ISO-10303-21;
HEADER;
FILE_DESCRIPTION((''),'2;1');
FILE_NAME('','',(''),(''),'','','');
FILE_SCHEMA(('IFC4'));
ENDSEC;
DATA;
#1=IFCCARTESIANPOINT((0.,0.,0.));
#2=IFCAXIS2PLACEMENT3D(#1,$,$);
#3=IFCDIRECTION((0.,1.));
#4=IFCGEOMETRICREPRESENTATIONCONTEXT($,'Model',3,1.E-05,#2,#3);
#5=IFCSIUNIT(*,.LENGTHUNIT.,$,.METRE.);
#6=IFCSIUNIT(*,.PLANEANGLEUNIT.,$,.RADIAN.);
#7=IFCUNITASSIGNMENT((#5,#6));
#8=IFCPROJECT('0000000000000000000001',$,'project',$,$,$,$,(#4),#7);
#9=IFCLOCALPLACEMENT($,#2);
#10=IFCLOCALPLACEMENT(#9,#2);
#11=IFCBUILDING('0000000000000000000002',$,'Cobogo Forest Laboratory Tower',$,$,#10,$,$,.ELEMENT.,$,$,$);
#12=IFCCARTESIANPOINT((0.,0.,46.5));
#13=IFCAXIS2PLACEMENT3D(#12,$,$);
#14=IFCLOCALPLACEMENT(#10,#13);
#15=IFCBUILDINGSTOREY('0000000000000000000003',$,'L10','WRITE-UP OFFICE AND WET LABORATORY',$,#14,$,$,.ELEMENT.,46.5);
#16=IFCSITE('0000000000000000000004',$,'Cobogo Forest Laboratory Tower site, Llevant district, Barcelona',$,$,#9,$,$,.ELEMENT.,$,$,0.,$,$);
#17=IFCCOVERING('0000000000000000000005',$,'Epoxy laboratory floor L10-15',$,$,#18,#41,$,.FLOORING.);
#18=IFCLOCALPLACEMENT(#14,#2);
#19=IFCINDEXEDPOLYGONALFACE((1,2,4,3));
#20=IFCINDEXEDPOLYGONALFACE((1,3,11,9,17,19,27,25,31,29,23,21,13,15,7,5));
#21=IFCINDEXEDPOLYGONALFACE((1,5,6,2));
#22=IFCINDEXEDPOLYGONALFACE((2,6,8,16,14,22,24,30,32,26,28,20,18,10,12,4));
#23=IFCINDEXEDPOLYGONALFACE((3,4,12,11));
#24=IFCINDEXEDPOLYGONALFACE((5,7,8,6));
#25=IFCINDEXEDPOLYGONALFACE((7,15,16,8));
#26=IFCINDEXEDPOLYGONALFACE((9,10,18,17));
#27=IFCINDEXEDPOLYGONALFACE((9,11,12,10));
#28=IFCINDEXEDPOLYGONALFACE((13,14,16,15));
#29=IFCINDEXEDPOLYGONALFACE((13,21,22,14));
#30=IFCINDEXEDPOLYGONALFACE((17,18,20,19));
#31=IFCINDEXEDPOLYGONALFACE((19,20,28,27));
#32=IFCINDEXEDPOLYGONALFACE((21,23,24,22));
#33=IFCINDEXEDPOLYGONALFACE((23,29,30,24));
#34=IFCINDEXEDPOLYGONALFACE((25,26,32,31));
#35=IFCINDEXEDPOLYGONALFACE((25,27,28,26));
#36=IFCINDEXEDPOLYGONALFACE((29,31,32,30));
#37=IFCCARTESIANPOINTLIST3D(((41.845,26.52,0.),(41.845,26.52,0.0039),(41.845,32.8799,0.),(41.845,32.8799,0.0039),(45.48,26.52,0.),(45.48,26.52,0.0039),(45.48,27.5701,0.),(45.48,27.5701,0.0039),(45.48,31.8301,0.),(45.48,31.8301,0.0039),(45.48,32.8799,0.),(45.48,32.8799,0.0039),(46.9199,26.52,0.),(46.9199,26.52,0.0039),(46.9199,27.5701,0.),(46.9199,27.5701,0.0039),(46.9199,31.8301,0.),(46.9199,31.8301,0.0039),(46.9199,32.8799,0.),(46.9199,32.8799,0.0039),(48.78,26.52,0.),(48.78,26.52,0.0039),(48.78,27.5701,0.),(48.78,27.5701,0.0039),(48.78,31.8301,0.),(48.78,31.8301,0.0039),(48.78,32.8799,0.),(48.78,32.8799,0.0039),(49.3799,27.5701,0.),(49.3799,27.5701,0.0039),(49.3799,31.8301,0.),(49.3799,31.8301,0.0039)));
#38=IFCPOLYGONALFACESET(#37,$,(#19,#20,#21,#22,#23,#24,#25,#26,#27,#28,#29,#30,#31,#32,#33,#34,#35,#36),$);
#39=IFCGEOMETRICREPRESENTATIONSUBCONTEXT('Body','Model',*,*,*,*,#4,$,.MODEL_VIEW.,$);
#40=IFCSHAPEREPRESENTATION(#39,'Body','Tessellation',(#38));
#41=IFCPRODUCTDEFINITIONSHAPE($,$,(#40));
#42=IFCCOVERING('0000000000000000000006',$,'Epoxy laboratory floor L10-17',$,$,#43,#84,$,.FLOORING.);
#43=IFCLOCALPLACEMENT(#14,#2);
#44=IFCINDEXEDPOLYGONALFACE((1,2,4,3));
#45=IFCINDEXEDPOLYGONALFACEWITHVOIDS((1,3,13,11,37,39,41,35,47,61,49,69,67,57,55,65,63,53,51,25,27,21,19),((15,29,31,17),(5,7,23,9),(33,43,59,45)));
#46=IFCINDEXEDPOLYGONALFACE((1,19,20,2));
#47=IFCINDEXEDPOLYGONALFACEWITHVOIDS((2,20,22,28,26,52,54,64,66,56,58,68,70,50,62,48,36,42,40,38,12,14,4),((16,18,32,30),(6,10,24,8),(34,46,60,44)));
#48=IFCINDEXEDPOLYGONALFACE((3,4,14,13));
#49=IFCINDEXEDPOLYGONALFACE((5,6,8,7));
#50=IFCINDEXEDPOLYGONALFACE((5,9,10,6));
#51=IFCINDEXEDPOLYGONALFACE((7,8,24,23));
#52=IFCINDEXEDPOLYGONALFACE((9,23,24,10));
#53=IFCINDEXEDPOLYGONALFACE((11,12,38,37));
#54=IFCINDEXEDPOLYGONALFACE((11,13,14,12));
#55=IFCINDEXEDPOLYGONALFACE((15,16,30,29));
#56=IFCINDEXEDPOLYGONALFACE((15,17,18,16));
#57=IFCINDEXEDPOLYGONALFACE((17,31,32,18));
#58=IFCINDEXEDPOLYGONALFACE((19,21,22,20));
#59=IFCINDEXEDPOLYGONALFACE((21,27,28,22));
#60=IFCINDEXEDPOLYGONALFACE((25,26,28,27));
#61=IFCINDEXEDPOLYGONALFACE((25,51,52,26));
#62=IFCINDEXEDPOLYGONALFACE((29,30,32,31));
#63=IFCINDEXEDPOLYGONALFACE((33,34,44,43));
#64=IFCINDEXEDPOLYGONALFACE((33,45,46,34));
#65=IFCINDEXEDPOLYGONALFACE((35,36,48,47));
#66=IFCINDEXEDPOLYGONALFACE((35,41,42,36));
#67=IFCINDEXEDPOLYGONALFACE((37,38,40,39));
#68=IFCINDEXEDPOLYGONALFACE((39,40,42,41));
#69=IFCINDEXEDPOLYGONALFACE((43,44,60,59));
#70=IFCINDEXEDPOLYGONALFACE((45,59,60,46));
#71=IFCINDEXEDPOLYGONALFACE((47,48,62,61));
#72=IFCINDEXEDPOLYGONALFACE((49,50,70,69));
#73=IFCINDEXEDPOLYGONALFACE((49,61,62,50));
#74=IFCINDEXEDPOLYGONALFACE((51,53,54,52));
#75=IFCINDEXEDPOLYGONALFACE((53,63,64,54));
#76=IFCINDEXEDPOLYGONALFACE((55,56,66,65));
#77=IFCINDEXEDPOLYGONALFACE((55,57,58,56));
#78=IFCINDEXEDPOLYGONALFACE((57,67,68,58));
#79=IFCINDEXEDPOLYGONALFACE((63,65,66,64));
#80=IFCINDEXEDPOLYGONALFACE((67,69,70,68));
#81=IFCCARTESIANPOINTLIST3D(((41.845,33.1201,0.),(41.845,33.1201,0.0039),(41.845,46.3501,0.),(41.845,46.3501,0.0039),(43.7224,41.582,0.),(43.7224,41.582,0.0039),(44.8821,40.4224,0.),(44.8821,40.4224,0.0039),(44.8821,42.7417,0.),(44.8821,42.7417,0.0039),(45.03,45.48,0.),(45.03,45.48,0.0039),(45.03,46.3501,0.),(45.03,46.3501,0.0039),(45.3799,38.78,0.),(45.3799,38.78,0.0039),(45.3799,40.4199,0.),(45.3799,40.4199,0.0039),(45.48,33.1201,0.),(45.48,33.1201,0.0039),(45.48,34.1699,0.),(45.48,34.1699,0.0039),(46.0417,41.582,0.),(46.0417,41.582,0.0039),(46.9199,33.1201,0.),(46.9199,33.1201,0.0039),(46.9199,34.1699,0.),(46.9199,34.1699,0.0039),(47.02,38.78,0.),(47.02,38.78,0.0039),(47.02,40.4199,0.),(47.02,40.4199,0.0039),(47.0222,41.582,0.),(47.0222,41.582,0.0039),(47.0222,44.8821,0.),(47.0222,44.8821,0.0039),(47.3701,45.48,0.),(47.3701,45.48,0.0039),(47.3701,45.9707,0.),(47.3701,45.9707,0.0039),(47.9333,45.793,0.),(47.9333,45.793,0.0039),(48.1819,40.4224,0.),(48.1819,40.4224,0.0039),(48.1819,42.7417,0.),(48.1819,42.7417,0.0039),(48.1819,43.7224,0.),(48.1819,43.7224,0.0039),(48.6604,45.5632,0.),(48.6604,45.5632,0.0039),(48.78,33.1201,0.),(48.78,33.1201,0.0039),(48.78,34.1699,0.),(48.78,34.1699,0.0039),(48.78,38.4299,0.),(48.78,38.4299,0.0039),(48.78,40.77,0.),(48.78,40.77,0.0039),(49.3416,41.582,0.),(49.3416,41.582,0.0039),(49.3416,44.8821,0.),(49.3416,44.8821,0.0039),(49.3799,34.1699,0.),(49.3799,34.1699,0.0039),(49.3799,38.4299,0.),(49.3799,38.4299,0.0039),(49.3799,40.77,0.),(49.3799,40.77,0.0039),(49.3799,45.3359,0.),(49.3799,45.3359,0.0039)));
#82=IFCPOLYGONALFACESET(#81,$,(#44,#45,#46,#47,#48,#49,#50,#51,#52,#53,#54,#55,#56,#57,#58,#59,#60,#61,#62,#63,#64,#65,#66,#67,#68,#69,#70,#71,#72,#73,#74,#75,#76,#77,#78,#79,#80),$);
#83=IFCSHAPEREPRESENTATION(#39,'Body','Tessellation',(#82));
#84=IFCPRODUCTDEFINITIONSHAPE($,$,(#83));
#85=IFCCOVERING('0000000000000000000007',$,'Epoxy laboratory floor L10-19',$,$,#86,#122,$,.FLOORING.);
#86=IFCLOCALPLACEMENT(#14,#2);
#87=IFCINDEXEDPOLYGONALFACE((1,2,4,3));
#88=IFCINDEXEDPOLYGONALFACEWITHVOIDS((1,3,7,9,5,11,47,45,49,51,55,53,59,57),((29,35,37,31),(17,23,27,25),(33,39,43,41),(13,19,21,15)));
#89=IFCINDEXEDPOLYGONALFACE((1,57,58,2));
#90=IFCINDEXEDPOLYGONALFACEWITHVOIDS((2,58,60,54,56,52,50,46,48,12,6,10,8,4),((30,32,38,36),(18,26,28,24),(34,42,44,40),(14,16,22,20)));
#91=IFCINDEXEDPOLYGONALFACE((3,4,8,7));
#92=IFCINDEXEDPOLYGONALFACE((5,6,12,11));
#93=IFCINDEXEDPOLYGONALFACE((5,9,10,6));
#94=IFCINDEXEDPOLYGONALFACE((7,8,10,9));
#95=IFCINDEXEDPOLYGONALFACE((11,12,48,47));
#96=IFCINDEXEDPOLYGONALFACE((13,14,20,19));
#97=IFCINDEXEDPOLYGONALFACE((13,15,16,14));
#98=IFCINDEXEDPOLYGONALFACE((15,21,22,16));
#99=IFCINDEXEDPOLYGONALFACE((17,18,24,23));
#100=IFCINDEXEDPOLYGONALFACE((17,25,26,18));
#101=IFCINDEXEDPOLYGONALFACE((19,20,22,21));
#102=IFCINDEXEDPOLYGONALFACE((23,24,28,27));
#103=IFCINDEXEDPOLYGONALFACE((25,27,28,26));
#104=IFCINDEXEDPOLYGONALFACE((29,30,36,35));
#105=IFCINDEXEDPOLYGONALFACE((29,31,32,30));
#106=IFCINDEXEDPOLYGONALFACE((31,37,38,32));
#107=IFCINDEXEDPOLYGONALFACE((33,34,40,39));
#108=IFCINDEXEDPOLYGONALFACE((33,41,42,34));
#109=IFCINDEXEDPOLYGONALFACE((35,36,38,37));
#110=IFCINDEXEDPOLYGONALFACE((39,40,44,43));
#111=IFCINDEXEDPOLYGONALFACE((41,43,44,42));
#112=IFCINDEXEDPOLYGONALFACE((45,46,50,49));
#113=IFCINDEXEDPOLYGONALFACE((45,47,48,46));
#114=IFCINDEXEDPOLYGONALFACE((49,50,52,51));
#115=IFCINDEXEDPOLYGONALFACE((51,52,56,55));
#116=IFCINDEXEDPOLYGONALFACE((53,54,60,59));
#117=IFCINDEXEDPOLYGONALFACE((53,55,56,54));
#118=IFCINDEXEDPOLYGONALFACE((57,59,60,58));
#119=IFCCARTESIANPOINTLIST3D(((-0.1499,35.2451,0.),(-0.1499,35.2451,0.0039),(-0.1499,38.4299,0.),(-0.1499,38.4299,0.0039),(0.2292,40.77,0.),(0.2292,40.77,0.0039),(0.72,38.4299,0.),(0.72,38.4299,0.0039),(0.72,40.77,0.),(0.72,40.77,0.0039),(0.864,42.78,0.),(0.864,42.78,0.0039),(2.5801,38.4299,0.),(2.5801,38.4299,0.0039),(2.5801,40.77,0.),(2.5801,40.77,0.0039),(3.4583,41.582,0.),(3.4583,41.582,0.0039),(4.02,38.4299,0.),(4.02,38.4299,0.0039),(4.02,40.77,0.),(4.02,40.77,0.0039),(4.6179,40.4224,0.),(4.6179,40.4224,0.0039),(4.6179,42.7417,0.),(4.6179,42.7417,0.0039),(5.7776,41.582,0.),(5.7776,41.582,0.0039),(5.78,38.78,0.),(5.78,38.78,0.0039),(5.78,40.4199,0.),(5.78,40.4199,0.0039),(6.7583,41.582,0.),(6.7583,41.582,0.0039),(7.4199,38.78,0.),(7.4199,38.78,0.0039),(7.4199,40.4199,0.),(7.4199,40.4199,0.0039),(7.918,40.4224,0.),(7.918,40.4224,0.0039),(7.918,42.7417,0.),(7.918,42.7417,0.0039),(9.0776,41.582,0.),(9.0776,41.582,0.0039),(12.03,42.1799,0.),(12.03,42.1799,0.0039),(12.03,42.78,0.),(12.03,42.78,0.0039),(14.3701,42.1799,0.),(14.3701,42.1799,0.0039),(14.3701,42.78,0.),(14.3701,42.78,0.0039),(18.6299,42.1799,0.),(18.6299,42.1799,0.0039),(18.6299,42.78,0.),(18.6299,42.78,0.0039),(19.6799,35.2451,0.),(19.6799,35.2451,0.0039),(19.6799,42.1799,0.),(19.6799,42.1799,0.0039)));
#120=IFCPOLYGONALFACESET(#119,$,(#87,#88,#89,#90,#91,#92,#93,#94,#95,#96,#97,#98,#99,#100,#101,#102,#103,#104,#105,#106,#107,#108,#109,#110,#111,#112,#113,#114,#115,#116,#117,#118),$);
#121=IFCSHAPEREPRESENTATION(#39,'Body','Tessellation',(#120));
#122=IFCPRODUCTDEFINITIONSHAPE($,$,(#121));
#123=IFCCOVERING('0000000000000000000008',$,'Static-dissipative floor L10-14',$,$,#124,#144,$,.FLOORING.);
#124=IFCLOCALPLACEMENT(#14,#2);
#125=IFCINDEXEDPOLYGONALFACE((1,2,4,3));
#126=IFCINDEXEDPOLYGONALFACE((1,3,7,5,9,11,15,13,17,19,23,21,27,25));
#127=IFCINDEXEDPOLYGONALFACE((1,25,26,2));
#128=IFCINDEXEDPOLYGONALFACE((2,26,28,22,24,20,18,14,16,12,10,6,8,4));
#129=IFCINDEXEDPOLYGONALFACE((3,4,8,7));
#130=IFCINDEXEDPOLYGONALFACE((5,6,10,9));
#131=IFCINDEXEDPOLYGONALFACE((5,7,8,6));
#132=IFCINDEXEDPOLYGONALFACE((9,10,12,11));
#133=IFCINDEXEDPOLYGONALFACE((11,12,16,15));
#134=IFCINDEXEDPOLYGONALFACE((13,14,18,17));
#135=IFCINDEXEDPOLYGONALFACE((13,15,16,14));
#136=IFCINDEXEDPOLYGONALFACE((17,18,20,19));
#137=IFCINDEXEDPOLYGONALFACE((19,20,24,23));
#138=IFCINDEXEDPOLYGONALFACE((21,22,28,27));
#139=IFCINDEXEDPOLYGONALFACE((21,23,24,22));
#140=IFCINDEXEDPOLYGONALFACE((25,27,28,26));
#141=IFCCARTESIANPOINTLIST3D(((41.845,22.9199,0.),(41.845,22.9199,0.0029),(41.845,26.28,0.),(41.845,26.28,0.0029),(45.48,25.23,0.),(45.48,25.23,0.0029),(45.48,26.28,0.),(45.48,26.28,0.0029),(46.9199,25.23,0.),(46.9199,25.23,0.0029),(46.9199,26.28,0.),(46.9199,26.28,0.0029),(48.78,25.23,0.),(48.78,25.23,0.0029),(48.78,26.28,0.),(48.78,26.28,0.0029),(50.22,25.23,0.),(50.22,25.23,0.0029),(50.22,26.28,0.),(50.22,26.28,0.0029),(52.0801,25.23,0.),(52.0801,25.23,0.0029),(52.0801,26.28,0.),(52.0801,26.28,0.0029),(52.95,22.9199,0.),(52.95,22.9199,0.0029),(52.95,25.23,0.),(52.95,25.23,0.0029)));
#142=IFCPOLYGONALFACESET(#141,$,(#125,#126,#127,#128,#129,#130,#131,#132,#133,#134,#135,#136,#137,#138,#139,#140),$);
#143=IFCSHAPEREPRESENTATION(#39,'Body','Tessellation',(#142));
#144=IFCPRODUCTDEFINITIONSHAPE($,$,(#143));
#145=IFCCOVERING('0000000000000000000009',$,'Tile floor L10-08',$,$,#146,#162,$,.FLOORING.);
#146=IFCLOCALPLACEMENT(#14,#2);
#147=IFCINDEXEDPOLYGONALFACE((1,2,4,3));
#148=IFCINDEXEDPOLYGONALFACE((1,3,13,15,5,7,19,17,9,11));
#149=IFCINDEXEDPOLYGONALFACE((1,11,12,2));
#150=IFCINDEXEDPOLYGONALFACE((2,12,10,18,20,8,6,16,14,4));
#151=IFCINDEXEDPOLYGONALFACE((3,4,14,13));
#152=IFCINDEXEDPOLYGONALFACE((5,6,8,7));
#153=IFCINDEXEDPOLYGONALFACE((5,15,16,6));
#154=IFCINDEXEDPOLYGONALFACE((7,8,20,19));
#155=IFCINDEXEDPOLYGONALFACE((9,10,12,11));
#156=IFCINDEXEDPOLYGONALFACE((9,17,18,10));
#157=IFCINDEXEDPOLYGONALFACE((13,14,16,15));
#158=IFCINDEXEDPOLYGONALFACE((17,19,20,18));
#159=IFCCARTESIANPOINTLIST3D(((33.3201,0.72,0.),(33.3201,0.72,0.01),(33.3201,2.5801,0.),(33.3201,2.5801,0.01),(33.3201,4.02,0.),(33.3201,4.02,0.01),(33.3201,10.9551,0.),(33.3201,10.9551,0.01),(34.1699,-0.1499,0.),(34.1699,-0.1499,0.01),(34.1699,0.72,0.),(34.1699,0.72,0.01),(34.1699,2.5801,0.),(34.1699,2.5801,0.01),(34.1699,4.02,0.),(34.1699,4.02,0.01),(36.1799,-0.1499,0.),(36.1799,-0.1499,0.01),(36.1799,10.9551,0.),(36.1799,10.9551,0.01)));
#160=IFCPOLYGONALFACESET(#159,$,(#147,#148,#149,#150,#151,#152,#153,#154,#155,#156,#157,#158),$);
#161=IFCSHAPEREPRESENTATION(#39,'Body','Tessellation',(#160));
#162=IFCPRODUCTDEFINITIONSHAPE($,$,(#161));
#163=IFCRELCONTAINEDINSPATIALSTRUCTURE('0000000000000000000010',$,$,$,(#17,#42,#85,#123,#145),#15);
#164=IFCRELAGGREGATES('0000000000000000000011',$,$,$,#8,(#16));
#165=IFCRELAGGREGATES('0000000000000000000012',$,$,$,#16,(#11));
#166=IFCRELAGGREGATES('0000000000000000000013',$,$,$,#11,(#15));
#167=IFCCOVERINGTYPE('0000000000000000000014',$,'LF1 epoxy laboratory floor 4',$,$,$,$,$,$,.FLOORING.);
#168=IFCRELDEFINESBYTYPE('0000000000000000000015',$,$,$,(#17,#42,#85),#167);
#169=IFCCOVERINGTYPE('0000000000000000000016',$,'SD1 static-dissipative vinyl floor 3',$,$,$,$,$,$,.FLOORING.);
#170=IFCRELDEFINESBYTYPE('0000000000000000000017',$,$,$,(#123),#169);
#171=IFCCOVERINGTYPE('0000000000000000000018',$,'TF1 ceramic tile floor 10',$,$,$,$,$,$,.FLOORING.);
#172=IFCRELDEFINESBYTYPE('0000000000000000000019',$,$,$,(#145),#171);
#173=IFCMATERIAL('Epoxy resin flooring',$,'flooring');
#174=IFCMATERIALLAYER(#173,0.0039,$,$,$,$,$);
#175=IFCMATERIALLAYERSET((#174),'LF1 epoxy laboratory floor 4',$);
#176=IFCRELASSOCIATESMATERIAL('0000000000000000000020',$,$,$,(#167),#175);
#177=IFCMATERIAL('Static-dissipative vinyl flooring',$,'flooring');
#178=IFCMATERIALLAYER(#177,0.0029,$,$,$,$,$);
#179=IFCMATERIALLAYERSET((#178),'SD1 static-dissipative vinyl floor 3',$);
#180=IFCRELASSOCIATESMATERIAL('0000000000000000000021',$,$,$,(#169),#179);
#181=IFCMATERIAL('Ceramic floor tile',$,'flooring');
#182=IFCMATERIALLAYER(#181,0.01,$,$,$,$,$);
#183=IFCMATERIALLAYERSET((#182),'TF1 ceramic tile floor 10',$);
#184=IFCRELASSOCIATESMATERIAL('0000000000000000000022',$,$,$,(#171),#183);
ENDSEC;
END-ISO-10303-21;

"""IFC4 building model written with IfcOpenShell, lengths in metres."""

from ifc_helpers import new_model, si_unit, direction, frame, origin, place, context, subcontext, project, spatial, polyline, outline, extrude, material, layer, layer_set, type_object, element, save


model = new_model("IFC4")

# Units and contexts
model_context = context("Model", 3, precision=1e-05, world=origin(), true_north=direction((0.0, 1.0)))
body_context = subcontext(model_context, "Body", "Model", "MODEL_VIEW")
ifc_project = project(units=[si_unit("LENGTHUNIT", "METRE"), si_unit("PLANEANGLEUNIT", "RADIAN")], contexts=[model_context])

# Site, building, storey
site_placement = place(None, origin())
site = spatial("IfcSite", under=ifc_project, at=site_placement, Name="Cobogo Forest Laboratory Tower site, Llevant district, Barcelona", CompositionType="ELEMENT", RefElevation=0.0)
building_placement = place(site_placement, origin())
building = spatial("IfcBuilding", under=site, at=building_placement, Name="Cobogo Forest Laboratory Tower", CompositionType="ELEMENT")
storey_placement = place(building_placement, frame((0.0, 0.0, 46.5)))
storey = spatial("IfcBuildingStorey", under=building, at=storey_placement, Name="L10", Description="WRITE-UP OFFICE AND WET LABORATORY", CompositionType="ELEMENT", Elevation=46.5)

# Coverings
ifc_material_1 = material(Name="Epoxy resin flooring", Category="flooring")
ifc_layer_1 = layer(ifc_material_1, 0.0039)
ifc_layer_set_1 = layer_set([ifc_layer_1], Name="LF1 epoxy laboratory floor 4")
covering_type_1 = type_object("IfcCoveringType", Name="LF1 epoxy laboratory floor 4", PredefinedType="FLOORING", material=ifc_layer_set_1)
covering_1_placement = place(storey_placement, origin())
element("IfcCovering", 1, at=covering_1_placement, inside=storey, type_object=covering_type_1, Name="Epoxy laboratory floor L10-15", PredefinedType="FLOORING", context=body_context, shape_type="SweptSolid", body=[
    extrude(outline(polyline([(41.845, 32.8799), (45.48, 32.8799), (45.48, 31.8301), (46.9199, 31.8301), (46.9199, 32.8799), (48.78, 32.8799), (48.78, 31.8301), (49.3799, 31.8301), (49.3799, 27.5701), (48.78, 27.5701), (48.78, 26.52), (46.9199, 26.52), (46.9199, 27.5701), (45.48, 27.5701), (45.48, 26.52), (41.845, 26.52), (41.845, 32.8799)])), origin(), (0.0, 0.0, 1.0), 0.0039),
])
covering_2_placement = place(storey_placement, origin())
element("IfcCovering", 2, at=covering_2_placement, inside=storey, type_object=covering_type_1, Name="Epoxy laboratory floor L10-17", PredefinedType="FLOORING", context=body_context, shape_type="SweptSolid", body=[
    extrude(outline(polyline([(46.9199, 33.1201), (46.9199, 34.1699), (45.48, 34.1699), (45.48, 33.1201), (41.845, 33.1201), (41.845, 46.3501), (45.03, 46.3501), (45.03, 45.48), (47.3701, 45.48), (47.3701, 45.9707), (47.9333, 45.793), (47.0222, 44.8821), (48.1819, 43.7224), (49.3416, 44.8821), (48.6604, 45.5632), (49.3799, 45.3359), (49.3799, 40.77), (48.78, 40.77), (48.78, 38.4299), (49.3799, 38.4299), (49.3799, 34.1699), (48.78, 34.1699), (48.78, 33.1201), (46.9199, 33.1201)]), holes=[polyline([(47.0222, 41.582), (48.1819, 40.4224), (49.3416, 41.582), (48.1819, 42.7417), (47.0222, 41.582)]), polyline([(47.02, 40.4199), (45.3799, 40.4199), (45.3799, 38.78), (47.02, 38.78), (47.02, 40.4199)]), polyline([(43.7224, 41.582), (44.8821, 40.4224), (46.0417, 41.582), (44.8821, 42.7417), (43.7224, 41.582)])]), origin(), (0.0, 0.0, 1.0), 0.0039),
])
covering_3_placement = place(storey_placement, origin())
element("IfcCovering", 3, at=covering_3_placement, inside=storey, type_object=covering_type_1, Name="Epoxy laboratory floor L10-19", PredefinedType="FLOORING", context=body_context, shape_type="SweptSolid", body=[
    extrude(outline(polyline([(19.6799, 35.2451), (-0.1499, 35.2451), (-0.1499, 38.4299), (0.72, 38.4299), (0.72, 40.77), (0.2292, 40.77), (0.864, 42.78), (12.03, 42.78), (12.03, 42.1799), (14.3701, 42.1799), (14.3701, 42.78), (18.6299, 42.78), (18.6299, 42.1799), (19.6799, 42.1799), (19.6799, 35.2451)]), holes=[polyline([(6.7583, 41.582), (7.918, 40.4224), (9.0776, 41.582), (7.918, 42.7417), (6.7583, 41.582)]), polyline([(5.78, 40.4199), (5.78, 38.78), (7.4199, 38.78), (7.4199, 40.4199), (5.78, 40.4199)]), polyline([(3.4583, 41.582), (4.6179, 40.4224), (5.7776, 41.582), (4.6179, 42.7417), (3.4583, 41.582)]), polyline([(2.5801, 38.4299), (4.02, 38.4299), (4.02, 40.77), (2.5801, 40.77), (2.5801, 38.4299)])]), origin(), (0.0, 0.0, 1.0), 0.0039),
])
ifc_material_2 = material(Name="Static-dissipative vinyl flooring", Category="flooring")
ifc_layer_2 = layer(ifc_material_2, 0.0029)
ifc_layer_set_2 = layer_set([ifc_layer_2], Name="SD1 static-dissipative vinyl floor 3")
covering_type_2 = type_object("IfcCoveringType", Name="SD1 static-dissipative vinyl floor 3", PredefinedType="FLOORING", material=ifc_layer_set_2)
covering_4_placement = place(storey_placement, origin())
element("IfcCovering", 4, at=covering_4_placement, inside=storey, type_object=covering_type_2, Name="Static-dissipative floor L10-14", PredefinedType="FLOORING", context=body_context, shape_type="SweptSolid", body=[
    extrude(outline(polyline([(41.845, 26.28), (45.48, 26.28), (45.48, 25.23), (46.9199, 25.23), (46.9199, 26.28), (48.78, 26.28), (48.78, 25.23), (50.22, 25.23), (50.22, 26.28), (52.0801, 26.28), (52.0801, 25.23), (52.95, 25.23), (52.95, 22.9199), (41.845, 22.9199), (41.845, 26.28)])), origin(), (0.0, 0.0, 1.0), 0.0029),
])
ifc_material_3 = material(Name="Ceramic floor tile", Category="flooring")
ifc_layer_3 = layer(ifc_material_3, 0.01)
ifc_layer_set_3 = layer_set([ifc_layer_3], Name="TF1 ceramic tile floor 10")
covering_type_3 = type_object("IfcCoveringType", Name="TF1 ceramic tile floor 10", PredefinedType="FLOORING", material=ifc_layer_set_3)
covering_5_placement = place(storey_placement, origin())
element("IfcCovering", 5, at=covering_5_placement, inside=storey, type_object=covering_type_3, Name="Tile floor L10-08", PredefinedType="FLOORING", context=body_context, shape_type="SweptSolid", body=[
    extrude(outline(polyline([(36.1799, 10.9551), (36.1799, -0.1499), (34.1699, -0.1499), (34.1699, 0.72), (33.3201, 0.72), (33.3201, 2.5801), (34.1699, 2.5801), (34.1699, 4.02), (33.3201, 4.02), (33.3201, 10.9551), (36.1799, 10.9551)])), origin(), (0.0, 0.0, 1.0), 0.01),
])

save(model, "model.ifc")
